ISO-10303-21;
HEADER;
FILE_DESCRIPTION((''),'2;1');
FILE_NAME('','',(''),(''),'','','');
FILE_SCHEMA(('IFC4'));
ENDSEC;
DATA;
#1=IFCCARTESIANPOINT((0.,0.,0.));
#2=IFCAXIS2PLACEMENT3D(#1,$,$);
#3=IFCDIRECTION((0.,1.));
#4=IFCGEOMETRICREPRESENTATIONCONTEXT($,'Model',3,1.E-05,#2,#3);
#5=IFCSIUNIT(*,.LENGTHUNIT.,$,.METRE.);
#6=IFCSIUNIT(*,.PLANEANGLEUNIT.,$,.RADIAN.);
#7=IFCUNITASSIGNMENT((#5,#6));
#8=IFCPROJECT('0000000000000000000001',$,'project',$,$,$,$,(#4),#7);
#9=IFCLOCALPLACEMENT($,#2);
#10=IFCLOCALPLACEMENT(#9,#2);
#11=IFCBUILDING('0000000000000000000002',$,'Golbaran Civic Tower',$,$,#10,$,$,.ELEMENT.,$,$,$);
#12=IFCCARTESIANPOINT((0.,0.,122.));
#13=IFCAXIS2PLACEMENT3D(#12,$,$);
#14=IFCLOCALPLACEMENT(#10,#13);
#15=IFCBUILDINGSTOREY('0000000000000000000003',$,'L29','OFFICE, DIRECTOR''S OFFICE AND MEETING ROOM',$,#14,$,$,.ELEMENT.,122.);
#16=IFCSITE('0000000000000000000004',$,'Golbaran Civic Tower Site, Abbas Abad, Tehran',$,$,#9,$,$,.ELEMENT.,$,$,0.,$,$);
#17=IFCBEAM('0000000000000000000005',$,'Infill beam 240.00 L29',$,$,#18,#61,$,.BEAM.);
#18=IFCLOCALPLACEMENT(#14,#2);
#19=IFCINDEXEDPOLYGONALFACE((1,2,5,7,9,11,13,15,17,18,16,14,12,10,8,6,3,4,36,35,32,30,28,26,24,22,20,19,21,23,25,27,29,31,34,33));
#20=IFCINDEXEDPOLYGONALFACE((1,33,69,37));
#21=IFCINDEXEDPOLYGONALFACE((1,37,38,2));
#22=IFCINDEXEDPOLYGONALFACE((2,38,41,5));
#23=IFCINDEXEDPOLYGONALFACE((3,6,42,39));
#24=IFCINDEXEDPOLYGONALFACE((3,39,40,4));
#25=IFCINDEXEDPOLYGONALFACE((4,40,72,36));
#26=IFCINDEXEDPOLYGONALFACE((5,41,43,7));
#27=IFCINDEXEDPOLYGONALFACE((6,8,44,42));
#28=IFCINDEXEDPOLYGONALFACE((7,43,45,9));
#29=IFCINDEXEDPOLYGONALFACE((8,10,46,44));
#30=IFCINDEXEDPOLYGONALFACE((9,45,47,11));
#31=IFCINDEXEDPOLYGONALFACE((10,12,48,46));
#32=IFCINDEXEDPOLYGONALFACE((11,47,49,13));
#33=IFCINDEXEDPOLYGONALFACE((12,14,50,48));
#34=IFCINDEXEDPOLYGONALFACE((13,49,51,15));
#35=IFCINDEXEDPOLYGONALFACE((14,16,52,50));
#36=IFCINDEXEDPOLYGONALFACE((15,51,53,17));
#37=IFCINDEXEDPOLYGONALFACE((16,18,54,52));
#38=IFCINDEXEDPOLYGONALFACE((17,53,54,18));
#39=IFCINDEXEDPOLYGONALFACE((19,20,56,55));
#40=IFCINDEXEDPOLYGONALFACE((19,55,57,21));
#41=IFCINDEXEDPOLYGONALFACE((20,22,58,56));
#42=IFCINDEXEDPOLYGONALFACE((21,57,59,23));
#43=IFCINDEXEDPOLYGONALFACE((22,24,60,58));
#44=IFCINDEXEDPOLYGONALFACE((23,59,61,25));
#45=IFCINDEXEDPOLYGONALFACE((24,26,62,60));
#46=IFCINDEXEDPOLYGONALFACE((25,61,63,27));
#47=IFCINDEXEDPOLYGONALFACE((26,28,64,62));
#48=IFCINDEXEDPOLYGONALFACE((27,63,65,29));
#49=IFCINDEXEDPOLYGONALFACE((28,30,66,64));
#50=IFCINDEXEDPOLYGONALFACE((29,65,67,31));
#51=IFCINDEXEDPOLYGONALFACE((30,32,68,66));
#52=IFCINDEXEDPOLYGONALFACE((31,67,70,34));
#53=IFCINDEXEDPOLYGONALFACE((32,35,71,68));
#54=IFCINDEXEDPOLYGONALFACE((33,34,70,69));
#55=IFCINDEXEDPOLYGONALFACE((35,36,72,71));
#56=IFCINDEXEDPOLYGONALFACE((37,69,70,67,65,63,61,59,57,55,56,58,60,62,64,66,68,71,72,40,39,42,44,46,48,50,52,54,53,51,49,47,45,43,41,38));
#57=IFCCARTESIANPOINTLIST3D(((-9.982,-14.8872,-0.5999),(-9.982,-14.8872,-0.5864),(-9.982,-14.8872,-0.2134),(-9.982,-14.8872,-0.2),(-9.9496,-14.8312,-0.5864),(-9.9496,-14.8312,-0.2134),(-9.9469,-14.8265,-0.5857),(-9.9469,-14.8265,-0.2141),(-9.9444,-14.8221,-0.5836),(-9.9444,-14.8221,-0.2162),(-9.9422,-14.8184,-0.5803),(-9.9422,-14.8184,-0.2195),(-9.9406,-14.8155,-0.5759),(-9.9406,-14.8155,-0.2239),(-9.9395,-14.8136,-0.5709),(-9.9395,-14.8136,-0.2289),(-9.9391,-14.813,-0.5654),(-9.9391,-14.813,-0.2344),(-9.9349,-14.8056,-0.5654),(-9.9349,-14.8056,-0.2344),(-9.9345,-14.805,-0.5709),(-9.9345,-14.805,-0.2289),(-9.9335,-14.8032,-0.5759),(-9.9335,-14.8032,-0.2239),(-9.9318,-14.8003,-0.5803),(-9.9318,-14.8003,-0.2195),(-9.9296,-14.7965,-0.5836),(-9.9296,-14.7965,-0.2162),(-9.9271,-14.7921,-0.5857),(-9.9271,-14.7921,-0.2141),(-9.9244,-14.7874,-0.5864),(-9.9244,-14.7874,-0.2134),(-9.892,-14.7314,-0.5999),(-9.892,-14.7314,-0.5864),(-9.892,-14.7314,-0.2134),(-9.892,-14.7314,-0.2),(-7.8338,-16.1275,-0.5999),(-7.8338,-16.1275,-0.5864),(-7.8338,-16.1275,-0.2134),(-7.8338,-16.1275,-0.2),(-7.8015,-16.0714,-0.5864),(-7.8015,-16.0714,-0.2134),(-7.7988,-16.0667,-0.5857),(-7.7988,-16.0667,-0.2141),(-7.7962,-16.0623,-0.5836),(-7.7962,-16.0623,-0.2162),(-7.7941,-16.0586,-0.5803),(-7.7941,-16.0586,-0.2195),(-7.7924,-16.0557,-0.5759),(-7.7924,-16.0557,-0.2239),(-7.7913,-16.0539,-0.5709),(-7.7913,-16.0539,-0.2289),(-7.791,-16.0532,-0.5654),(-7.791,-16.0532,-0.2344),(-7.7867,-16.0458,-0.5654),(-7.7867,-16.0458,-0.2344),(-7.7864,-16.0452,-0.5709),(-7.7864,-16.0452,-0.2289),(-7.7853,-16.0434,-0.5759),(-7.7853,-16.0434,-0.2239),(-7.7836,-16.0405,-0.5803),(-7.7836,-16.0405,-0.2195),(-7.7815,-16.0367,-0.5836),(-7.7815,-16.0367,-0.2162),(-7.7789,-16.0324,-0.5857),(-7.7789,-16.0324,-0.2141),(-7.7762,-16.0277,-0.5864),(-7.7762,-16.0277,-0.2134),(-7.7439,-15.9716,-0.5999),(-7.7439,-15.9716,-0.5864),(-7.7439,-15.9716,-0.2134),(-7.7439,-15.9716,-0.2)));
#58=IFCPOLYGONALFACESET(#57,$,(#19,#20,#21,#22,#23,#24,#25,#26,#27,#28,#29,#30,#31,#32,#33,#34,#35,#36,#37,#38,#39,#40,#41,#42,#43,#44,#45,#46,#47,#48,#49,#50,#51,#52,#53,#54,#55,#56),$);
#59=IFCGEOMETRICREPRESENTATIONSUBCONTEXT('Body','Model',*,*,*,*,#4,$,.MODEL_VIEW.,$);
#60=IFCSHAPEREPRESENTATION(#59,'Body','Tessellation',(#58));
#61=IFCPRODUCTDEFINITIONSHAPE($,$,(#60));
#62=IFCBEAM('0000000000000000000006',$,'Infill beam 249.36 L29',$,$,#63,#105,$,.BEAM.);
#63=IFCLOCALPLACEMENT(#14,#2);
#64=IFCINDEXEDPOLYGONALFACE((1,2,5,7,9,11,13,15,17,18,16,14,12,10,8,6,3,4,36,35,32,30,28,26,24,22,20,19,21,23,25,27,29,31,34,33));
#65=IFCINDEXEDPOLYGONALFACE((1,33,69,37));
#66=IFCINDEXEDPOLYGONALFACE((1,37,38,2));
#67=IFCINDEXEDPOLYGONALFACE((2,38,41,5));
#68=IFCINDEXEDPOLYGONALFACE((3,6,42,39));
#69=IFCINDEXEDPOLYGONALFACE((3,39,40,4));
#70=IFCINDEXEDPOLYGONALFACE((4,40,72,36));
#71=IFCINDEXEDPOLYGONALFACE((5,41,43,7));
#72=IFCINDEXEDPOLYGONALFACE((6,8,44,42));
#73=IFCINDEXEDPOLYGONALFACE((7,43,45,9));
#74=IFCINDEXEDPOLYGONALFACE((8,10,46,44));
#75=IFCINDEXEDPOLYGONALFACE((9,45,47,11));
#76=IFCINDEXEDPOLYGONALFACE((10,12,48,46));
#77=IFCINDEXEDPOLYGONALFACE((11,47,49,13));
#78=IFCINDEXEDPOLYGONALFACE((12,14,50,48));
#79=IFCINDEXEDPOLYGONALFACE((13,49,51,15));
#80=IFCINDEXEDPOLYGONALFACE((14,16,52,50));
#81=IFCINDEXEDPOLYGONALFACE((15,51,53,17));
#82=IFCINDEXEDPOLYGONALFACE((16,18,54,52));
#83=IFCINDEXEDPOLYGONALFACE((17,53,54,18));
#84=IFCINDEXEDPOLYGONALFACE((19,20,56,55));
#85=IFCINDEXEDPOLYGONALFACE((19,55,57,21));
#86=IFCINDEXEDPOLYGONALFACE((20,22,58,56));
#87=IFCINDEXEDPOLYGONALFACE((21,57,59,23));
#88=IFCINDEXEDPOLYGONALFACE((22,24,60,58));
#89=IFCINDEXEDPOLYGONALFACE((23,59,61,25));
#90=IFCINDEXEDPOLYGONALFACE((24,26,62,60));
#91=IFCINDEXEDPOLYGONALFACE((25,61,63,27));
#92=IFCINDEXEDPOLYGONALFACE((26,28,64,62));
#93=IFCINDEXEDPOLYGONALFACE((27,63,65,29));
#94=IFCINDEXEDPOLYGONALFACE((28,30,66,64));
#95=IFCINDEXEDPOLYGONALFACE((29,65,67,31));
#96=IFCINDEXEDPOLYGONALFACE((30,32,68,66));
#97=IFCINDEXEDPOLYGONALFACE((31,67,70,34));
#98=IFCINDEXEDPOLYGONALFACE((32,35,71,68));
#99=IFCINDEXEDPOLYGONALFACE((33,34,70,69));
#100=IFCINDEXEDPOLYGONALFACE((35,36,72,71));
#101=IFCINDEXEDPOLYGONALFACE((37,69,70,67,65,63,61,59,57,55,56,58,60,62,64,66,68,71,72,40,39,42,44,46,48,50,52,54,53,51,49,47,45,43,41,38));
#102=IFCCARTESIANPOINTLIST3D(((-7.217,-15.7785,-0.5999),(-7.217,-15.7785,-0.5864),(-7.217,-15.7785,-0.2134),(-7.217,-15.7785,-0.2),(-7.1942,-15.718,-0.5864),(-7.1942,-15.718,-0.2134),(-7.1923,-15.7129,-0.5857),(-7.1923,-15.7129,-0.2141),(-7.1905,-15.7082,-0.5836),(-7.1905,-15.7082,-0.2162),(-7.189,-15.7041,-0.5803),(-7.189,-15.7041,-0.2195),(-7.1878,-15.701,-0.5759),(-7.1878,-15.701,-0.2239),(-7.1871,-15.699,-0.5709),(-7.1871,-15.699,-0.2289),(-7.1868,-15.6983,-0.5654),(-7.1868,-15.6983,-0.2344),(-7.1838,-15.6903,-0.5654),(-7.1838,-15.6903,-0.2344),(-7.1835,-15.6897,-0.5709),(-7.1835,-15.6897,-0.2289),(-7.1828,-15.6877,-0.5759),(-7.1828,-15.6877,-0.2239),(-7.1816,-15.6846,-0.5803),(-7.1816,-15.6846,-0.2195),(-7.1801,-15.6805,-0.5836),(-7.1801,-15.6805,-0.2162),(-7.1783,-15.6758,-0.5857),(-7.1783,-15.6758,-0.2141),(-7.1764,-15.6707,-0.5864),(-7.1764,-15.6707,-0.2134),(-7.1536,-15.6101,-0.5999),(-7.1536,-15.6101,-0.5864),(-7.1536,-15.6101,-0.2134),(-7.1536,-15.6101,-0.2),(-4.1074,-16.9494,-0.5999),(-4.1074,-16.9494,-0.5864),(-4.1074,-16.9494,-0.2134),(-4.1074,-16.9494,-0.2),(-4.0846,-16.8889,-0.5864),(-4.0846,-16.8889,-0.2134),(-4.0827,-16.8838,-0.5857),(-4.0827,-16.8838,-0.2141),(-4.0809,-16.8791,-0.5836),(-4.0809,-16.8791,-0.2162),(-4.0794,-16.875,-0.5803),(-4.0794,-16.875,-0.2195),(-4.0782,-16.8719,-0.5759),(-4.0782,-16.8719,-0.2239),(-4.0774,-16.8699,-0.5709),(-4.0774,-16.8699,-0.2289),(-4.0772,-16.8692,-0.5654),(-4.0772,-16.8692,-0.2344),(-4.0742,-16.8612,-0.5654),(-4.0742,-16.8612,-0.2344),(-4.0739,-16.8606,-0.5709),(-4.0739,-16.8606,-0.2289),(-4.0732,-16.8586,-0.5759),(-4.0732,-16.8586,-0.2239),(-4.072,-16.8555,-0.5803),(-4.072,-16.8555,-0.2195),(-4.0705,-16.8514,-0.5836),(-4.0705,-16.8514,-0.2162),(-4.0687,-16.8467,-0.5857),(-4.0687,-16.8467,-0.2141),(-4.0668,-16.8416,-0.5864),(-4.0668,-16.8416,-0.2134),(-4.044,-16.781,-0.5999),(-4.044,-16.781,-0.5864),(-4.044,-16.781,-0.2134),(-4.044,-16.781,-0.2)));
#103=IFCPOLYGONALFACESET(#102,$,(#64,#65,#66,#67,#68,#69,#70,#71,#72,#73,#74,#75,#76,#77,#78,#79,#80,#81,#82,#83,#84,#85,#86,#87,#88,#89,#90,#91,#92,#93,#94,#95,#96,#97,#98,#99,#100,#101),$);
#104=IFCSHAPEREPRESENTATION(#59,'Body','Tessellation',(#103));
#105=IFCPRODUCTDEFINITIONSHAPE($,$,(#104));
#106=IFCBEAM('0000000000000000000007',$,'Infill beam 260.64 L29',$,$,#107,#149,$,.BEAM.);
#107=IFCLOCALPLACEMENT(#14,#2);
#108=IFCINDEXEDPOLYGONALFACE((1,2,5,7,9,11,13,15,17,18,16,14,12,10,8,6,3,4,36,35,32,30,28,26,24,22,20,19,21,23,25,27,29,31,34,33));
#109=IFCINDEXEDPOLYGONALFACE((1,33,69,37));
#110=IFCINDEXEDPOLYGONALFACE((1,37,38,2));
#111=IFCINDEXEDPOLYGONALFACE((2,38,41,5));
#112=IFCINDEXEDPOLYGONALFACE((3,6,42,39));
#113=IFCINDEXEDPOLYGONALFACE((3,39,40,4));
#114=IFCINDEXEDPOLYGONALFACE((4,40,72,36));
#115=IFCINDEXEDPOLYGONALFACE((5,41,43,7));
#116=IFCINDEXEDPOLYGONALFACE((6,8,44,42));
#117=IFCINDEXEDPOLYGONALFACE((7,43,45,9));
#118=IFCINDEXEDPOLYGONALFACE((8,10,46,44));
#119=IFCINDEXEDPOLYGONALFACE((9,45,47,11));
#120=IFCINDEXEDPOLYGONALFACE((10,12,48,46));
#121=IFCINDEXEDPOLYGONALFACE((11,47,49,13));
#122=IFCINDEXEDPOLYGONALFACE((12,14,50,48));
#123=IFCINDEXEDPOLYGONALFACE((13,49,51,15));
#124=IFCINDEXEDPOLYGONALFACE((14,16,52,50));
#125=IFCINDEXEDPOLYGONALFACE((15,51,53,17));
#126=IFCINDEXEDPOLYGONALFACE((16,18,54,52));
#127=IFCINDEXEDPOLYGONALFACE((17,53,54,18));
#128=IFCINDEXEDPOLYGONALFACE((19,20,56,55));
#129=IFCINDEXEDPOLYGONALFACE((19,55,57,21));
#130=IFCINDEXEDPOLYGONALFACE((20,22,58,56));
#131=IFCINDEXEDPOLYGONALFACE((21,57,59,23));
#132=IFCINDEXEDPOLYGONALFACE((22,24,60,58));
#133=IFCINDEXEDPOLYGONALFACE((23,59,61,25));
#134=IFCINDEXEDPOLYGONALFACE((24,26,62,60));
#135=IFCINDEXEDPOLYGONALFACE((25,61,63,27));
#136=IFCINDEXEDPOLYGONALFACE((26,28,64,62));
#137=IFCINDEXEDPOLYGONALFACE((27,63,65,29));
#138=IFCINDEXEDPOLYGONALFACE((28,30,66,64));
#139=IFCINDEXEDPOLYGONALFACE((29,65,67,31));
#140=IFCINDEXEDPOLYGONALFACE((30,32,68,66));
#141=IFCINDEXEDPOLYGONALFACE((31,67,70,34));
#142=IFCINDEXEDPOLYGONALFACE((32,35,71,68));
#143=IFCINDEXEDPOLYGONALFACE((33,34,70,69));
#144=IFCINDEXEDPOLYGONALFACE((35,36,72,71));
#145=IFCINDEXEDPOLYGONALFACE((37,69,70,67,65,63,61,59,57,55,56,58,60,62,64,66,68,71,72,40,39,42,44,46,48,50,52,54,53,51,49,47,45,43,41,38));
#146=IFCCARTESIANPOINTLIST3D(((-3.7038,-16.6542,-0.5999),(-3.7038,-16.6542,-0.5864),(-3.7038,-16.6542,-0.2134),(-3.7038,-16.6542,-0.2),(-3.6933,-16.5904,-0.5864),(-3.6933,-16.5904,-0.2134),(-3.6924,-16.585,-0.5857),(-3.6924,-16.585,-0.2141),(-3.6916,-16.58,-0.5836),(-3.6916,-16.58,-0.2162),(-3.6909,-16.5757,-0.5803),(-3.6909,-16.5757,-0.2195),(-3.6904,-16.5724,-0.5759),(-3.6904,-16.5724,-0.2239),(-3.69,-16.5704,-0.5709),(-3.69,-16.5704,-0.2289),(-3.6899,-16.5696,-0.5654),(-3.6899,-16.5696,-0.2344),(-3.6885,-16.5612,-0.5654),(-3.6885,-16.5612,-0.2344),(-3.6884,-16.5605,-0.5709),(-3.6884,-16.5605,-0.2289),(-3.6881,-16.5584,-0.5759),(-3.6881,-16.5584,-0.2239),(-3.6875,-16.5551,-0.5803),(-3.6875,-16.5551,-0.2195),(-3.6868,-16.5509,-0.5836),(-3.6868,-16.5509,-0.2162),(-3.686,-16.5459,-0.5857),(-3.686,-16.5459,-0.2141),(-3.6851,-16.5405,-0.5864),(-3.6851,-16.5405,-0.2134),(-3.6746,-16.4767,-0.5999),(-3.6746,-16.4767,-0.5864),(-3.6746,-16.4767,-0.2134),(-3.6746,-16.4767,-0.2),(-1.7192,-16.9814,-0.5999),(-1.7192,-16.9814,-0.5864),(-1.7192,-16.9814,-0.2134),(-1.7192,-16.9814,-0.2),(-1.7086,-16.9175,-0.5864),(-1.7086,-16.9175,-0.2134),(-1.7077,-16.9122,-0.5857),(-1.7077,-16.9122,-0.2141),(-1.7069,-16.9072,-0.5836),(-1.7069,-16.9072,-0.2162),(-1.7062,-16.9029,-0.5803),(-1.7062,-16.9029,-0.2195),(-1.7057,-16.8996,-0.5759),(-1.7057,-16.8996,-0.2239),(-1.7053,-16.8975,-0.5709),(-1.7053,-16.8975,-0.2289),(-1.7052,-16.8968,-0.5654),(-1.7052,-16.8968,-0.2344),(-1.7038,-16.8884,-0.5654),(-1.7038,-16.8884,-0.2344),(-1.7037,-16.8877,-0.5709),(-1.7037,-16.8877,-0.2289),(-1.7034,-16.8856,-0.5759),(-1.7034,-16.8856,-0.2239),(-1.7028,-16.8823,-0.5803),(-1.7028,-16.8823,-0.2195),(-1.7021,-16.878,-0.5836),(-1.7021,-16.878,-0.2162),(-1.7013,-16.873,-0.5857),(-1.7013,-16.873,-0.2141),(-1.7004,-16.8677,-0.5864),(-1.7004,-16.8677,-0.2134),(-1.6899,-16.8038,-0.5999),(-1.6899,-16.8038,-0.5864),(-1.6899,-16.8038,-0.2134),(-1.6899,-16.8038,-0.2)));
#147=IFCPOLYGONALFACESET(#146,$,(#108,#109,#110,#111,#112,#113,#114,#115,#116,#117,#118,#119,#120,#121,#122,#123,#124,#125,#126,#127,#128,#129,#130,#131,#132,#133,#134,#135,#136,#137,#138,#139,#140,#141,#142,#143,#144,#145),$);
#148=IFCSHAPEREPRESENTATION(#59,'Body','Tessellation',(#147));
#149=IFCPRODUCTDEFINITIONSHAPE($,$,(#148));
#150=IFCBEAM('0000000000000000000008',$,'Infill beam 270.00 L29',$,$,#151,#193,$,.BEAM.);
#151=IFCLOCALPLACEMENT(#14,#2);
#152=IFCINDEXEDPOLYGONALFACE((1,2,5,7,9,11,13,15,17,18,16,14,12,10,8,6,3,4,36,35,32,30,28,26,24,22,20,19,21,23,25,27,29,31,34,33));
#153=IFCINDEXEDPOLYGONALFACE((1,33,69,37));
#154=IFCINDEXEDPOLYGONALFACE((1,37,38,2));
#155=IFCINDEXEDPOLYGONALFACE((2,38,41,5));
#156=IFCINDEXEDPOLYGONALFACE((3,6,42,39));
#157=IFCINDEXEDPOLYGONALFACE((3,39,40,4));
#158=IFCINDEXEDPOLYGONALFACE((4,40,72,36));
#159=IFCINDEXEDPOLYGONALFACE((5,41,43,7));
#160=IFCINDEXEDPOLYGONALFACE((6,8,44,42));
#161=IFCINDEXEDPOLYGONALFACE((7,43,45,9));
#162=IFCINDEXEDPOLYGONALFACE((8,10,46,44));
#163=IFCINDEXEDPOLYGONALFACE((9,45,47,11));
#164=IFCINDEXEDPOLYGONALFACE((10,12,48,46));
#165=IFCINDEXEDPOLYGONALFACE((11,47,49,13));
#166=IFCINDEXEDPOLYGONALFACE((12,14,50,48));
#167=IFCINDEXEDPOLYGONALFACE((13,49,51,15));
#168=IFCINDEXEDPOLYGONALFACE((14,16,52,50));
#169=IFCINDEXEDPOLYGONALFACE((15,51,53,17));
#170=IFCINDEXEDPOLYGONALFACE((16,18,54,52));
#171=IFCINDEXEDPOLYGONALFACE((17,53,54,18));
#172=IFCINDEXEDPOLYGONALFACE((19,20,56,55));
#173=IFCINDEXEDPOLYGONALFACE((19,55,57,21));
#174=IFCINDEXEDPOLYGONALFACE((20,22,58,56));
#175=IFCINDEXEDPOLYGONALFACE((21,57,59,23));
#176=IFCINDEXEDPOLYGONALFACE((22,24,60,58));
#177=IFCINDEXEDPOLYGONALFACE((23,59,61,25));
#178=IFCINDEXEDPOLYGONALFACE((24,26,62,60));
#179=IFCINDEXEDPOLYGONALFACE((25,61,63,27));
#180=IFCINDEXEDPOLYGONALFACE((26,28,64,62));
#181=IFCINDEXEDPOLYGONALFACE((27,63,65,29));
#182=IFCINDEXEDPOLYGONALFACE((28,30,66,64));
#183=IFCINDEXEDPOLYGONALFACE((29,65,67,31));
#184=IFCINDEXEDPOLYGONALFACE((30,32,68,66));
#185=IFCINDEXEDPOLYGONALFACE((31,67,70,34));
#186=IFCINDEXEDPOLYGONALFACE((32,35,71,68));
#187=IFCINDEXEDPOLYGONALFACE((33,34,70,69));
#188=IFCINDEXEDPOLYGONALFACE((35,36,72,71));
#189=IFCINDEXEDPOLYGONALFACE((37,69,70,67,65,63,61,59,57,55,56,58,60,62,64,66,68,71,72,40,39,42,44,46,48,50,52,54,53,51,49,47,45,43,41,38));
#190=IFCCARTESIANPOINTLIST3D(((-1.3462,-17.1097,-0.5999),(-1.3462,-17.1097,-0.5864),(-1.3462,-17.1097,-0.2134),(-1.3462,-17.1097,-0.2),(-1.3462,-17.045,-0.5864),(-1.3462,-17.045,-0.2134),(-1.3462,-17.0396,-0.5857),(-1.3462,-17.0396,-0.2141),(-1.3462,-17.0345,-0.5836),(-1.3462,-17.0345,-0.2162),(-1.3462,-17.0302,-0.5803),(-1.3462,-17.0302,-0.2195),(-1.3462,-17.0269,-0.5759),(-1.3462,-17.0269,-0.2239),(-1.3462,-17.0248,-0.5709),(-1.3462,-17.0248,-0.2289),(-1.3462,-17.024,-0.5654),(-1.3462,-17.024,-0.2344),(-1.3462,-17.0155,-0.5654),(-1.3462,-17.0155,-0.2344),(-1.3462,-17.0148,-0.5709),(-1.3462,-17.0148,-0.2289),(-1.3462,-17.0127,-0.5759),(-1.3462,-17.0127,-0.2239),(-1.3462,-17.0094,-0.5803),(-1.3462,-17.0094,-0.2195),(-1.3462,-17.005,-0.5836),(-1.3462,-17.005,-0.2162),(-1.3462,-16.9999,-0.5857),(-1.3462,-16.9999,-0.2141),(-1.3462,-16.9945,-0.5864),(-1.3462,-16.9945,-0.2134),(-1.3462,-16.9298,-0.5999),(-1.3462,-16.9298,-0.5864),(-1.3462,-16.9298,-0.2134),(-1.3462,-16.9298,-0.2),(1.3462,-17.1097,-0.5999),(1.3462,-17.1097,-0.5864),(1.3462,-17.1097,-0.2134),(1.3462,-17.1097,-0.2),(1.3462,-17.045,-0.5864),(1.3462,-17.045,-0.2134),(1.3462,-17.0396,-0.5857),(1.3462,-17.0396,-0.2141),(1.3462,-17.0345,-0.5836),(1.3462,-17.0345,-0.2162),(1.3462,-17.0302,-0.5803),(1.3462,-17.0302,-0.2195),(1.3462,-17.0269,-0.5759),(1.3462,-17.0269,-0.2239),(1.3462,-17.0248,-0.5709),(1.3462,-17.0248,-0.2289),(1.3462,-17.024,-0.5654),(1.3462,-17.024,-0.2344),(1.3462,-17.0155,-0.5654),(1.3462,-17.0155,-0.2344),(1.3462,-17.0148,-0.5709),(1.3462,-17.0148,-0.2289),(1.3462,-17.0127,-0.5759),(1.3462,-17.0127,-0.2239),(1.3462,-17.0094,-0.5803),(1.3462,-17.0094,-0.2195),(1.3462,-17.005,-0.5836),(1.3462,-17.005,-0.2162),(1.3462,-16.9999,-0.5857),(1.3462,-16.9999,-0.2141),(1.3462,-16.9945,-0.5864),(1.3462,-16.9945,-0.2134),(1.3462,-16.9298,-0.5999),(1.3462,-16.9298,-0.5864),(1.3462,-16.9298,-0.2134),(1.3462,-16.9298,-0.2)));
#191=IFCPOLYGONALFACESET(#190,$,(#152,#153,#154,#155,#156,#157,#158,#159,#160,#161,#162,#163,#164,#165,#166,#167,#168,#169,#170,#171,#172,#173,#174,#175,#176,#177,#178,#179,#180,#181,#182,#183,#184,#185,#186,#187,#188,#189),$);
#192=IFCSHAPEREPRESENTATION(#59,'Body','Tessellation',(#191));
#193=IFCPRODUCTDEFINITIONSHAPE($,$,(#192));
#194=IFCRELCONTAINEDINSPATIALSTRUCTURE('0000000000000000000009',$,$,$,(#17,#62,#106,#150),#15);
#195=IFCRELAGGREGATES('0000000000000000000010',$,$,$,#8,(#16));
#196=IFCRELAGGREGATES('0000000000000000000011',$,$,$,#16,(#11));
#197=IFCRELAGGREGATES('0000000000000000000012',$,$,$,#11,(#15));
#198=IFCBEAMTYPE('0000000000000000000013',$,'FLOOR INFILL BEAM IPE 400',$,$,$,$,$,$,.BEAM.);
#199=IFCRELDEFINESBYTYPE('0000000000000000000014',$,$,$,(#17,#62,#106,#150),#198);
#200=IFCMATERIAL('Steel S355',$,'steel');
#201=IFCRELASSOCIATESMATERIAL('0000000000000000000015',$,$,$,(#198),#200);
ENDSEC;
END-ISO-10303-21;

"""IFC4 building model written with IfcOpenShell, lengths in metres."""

from ifc_helpers import new_model, si_unit, direction, frame, origin, origin_2d, place, context, subcontext, project, spatial, i_section, extrude, material, material_profile, profile_set, type_object, element, save


model = new_model("IFC4")

# Units and contexts
model_context = context("Model", 3, precision=1e-05, world=origin(), true_north=direction((0.0, 1.0)))
body_context = subcontext(model_context, "Body", "Model", "MODEL_VIEW")
ifc_project = project(units=[si_unit("LENGTHUNIT", "METRE"), si_unit("PLANEANGLEUNIT", "RADIAN")], contexts=[model_context])

# Site, building, storey
site_placement = place(None, origin())
site = spatial("IfcSite", under=ifc_project, at=site_placement, Name="Golbaran Civic Tower Site, Abbas Abad, Tehran", CompositionType="ELEMENT", RefElevation=0.0)
building_placement = place(site_placement, origin())
building = spatial("IfcBuilding", under=site, at=building_placement, Name="Golbaran Civic Tower", CompositionType="ELEMENT")
storey_placement = place(building_placement, frame((0.0, 0.0, 122.0)))
storey = spatial("IfcBuildingStorey", under=building, at=storey_placement, Name="L29", Description="OFFICE, DIRECTOR'S OFFICE AND MEETING ROOM", CompositionType="ELEMENT", Elevation=122.0)

# Beams
ifc_material_1 = material(Name="Steel S355", Category="steel")
ifc_material_profile_1 = material_profile(ifc_material_1, i_section(OverallWidth=0.1799, OverallDepth=0.3999, WebThickness=0.0085, FlangeThickness=0.0134, FilletRadius=0.021, at=origin_2d()), Name="IPE 400")
ifc_profile_set_1 = profile_set([ifc_material_profile_1], Name="Steel S355")
beam_type_1 = type_object("IfcBeamType", Name="FLOOR INFILL BEAM IPE 400", PredefinedType="BEAM", material=ifc_profile_set_1)
beam_1_placement = place(storey_placement, frame((-9.937, -14.8093, -0.3999), z_axis=(0.86603, -0.499992, 0.0), x_axis=(0.499992, 0.86603, 0.0)))
element("IfcBeam", 1, at=beam_1_placement, inside=storey, type_object=beam_type_1, Name="Infill beam 240.00 L29", PredefinedType="BEAM", context=body_context, shape_type="SweptSolid", body=[
    extrude(i_section(OverallWidth=0.1799, OverallDepth=0.3999, WebThickness=0.0085, FlangeThickness=0.0134, FilletRadius=0.021, at=origin_2d()), origin(), (0.0, 0.0, 1.0), 2.4805),
])
beam_2_placement = place(storey_placement, frame((-7.1853, -15.6943, -0.3999), z_axis=(0.935854, -0.352387, 0.0), x_axis=(0.352387, 0.935854, 0.0)))
element("IfcBeam", 2, at=beam_2_placement, inside=storey, type_object=beam_type_1, Name="Infill beam 249.36 L29", PredefinedType="BEAM", context=body_context, shape_type="SweptSolid", body=[
    extrude(i_section(OverallWidth=0.1799, OverallDepth=0.3999, WebThickness=0.0085, FlangeThickness=0.0134, FilletRadius=0.021, at=origin_2d()), origin(), (0.0, 0.0, 1.0), 3.3228),
])
beam_3_placement = place(storey_placement, frame((-3.6892, -16.5654, -0.3999), z_axis=(0.986684, -0.162647, 0.0), x_axis=(0.162647, 0.986684, 0.0)))
element("IfcBeam", 3, at=beam_3_placement, inside=storey, type_object=beam_type_1, Name="Infill beam 260.64 L29", PredefinedType="BEAM", context=body_context, shape_type="SweptSolid", body=[
    extrude(i_section(OverallWidth=0.1799, OverallDepth=0.3999, WebThickness=0.0085, FlangeThickness=0.0134, FilletRadius=0.021, at=origin_2d()), origin(), (0.0, 0.0, 1.0), 2.0115),
])
beam_4_placement = place(storey_placement, frame((-1.3462, -17.0198, -0.3999), z_axis=(1.0, 0.0, 0.0), x_axis=(0.0, 1.0, 0.0)))
element("IfcBeam", 4, at=beam_4_placement, inside=storey, type_object=beam_type_1, Name="Infill beam 270.00 L29", PredefinedType="BEAM", context=body_context, shape_type="SweptSolid", body=[
    extrude(i_section(OverallWidth=0.1799, OverallDepth=0.3999, WebThickness=0.0085, FlangeThickness=0.0134, FilletRadius=0.021, at=origin_2d()), origin(), (0.0, 0.0, 1.0), 2.6924),
])

save(model, "model.ifc")
